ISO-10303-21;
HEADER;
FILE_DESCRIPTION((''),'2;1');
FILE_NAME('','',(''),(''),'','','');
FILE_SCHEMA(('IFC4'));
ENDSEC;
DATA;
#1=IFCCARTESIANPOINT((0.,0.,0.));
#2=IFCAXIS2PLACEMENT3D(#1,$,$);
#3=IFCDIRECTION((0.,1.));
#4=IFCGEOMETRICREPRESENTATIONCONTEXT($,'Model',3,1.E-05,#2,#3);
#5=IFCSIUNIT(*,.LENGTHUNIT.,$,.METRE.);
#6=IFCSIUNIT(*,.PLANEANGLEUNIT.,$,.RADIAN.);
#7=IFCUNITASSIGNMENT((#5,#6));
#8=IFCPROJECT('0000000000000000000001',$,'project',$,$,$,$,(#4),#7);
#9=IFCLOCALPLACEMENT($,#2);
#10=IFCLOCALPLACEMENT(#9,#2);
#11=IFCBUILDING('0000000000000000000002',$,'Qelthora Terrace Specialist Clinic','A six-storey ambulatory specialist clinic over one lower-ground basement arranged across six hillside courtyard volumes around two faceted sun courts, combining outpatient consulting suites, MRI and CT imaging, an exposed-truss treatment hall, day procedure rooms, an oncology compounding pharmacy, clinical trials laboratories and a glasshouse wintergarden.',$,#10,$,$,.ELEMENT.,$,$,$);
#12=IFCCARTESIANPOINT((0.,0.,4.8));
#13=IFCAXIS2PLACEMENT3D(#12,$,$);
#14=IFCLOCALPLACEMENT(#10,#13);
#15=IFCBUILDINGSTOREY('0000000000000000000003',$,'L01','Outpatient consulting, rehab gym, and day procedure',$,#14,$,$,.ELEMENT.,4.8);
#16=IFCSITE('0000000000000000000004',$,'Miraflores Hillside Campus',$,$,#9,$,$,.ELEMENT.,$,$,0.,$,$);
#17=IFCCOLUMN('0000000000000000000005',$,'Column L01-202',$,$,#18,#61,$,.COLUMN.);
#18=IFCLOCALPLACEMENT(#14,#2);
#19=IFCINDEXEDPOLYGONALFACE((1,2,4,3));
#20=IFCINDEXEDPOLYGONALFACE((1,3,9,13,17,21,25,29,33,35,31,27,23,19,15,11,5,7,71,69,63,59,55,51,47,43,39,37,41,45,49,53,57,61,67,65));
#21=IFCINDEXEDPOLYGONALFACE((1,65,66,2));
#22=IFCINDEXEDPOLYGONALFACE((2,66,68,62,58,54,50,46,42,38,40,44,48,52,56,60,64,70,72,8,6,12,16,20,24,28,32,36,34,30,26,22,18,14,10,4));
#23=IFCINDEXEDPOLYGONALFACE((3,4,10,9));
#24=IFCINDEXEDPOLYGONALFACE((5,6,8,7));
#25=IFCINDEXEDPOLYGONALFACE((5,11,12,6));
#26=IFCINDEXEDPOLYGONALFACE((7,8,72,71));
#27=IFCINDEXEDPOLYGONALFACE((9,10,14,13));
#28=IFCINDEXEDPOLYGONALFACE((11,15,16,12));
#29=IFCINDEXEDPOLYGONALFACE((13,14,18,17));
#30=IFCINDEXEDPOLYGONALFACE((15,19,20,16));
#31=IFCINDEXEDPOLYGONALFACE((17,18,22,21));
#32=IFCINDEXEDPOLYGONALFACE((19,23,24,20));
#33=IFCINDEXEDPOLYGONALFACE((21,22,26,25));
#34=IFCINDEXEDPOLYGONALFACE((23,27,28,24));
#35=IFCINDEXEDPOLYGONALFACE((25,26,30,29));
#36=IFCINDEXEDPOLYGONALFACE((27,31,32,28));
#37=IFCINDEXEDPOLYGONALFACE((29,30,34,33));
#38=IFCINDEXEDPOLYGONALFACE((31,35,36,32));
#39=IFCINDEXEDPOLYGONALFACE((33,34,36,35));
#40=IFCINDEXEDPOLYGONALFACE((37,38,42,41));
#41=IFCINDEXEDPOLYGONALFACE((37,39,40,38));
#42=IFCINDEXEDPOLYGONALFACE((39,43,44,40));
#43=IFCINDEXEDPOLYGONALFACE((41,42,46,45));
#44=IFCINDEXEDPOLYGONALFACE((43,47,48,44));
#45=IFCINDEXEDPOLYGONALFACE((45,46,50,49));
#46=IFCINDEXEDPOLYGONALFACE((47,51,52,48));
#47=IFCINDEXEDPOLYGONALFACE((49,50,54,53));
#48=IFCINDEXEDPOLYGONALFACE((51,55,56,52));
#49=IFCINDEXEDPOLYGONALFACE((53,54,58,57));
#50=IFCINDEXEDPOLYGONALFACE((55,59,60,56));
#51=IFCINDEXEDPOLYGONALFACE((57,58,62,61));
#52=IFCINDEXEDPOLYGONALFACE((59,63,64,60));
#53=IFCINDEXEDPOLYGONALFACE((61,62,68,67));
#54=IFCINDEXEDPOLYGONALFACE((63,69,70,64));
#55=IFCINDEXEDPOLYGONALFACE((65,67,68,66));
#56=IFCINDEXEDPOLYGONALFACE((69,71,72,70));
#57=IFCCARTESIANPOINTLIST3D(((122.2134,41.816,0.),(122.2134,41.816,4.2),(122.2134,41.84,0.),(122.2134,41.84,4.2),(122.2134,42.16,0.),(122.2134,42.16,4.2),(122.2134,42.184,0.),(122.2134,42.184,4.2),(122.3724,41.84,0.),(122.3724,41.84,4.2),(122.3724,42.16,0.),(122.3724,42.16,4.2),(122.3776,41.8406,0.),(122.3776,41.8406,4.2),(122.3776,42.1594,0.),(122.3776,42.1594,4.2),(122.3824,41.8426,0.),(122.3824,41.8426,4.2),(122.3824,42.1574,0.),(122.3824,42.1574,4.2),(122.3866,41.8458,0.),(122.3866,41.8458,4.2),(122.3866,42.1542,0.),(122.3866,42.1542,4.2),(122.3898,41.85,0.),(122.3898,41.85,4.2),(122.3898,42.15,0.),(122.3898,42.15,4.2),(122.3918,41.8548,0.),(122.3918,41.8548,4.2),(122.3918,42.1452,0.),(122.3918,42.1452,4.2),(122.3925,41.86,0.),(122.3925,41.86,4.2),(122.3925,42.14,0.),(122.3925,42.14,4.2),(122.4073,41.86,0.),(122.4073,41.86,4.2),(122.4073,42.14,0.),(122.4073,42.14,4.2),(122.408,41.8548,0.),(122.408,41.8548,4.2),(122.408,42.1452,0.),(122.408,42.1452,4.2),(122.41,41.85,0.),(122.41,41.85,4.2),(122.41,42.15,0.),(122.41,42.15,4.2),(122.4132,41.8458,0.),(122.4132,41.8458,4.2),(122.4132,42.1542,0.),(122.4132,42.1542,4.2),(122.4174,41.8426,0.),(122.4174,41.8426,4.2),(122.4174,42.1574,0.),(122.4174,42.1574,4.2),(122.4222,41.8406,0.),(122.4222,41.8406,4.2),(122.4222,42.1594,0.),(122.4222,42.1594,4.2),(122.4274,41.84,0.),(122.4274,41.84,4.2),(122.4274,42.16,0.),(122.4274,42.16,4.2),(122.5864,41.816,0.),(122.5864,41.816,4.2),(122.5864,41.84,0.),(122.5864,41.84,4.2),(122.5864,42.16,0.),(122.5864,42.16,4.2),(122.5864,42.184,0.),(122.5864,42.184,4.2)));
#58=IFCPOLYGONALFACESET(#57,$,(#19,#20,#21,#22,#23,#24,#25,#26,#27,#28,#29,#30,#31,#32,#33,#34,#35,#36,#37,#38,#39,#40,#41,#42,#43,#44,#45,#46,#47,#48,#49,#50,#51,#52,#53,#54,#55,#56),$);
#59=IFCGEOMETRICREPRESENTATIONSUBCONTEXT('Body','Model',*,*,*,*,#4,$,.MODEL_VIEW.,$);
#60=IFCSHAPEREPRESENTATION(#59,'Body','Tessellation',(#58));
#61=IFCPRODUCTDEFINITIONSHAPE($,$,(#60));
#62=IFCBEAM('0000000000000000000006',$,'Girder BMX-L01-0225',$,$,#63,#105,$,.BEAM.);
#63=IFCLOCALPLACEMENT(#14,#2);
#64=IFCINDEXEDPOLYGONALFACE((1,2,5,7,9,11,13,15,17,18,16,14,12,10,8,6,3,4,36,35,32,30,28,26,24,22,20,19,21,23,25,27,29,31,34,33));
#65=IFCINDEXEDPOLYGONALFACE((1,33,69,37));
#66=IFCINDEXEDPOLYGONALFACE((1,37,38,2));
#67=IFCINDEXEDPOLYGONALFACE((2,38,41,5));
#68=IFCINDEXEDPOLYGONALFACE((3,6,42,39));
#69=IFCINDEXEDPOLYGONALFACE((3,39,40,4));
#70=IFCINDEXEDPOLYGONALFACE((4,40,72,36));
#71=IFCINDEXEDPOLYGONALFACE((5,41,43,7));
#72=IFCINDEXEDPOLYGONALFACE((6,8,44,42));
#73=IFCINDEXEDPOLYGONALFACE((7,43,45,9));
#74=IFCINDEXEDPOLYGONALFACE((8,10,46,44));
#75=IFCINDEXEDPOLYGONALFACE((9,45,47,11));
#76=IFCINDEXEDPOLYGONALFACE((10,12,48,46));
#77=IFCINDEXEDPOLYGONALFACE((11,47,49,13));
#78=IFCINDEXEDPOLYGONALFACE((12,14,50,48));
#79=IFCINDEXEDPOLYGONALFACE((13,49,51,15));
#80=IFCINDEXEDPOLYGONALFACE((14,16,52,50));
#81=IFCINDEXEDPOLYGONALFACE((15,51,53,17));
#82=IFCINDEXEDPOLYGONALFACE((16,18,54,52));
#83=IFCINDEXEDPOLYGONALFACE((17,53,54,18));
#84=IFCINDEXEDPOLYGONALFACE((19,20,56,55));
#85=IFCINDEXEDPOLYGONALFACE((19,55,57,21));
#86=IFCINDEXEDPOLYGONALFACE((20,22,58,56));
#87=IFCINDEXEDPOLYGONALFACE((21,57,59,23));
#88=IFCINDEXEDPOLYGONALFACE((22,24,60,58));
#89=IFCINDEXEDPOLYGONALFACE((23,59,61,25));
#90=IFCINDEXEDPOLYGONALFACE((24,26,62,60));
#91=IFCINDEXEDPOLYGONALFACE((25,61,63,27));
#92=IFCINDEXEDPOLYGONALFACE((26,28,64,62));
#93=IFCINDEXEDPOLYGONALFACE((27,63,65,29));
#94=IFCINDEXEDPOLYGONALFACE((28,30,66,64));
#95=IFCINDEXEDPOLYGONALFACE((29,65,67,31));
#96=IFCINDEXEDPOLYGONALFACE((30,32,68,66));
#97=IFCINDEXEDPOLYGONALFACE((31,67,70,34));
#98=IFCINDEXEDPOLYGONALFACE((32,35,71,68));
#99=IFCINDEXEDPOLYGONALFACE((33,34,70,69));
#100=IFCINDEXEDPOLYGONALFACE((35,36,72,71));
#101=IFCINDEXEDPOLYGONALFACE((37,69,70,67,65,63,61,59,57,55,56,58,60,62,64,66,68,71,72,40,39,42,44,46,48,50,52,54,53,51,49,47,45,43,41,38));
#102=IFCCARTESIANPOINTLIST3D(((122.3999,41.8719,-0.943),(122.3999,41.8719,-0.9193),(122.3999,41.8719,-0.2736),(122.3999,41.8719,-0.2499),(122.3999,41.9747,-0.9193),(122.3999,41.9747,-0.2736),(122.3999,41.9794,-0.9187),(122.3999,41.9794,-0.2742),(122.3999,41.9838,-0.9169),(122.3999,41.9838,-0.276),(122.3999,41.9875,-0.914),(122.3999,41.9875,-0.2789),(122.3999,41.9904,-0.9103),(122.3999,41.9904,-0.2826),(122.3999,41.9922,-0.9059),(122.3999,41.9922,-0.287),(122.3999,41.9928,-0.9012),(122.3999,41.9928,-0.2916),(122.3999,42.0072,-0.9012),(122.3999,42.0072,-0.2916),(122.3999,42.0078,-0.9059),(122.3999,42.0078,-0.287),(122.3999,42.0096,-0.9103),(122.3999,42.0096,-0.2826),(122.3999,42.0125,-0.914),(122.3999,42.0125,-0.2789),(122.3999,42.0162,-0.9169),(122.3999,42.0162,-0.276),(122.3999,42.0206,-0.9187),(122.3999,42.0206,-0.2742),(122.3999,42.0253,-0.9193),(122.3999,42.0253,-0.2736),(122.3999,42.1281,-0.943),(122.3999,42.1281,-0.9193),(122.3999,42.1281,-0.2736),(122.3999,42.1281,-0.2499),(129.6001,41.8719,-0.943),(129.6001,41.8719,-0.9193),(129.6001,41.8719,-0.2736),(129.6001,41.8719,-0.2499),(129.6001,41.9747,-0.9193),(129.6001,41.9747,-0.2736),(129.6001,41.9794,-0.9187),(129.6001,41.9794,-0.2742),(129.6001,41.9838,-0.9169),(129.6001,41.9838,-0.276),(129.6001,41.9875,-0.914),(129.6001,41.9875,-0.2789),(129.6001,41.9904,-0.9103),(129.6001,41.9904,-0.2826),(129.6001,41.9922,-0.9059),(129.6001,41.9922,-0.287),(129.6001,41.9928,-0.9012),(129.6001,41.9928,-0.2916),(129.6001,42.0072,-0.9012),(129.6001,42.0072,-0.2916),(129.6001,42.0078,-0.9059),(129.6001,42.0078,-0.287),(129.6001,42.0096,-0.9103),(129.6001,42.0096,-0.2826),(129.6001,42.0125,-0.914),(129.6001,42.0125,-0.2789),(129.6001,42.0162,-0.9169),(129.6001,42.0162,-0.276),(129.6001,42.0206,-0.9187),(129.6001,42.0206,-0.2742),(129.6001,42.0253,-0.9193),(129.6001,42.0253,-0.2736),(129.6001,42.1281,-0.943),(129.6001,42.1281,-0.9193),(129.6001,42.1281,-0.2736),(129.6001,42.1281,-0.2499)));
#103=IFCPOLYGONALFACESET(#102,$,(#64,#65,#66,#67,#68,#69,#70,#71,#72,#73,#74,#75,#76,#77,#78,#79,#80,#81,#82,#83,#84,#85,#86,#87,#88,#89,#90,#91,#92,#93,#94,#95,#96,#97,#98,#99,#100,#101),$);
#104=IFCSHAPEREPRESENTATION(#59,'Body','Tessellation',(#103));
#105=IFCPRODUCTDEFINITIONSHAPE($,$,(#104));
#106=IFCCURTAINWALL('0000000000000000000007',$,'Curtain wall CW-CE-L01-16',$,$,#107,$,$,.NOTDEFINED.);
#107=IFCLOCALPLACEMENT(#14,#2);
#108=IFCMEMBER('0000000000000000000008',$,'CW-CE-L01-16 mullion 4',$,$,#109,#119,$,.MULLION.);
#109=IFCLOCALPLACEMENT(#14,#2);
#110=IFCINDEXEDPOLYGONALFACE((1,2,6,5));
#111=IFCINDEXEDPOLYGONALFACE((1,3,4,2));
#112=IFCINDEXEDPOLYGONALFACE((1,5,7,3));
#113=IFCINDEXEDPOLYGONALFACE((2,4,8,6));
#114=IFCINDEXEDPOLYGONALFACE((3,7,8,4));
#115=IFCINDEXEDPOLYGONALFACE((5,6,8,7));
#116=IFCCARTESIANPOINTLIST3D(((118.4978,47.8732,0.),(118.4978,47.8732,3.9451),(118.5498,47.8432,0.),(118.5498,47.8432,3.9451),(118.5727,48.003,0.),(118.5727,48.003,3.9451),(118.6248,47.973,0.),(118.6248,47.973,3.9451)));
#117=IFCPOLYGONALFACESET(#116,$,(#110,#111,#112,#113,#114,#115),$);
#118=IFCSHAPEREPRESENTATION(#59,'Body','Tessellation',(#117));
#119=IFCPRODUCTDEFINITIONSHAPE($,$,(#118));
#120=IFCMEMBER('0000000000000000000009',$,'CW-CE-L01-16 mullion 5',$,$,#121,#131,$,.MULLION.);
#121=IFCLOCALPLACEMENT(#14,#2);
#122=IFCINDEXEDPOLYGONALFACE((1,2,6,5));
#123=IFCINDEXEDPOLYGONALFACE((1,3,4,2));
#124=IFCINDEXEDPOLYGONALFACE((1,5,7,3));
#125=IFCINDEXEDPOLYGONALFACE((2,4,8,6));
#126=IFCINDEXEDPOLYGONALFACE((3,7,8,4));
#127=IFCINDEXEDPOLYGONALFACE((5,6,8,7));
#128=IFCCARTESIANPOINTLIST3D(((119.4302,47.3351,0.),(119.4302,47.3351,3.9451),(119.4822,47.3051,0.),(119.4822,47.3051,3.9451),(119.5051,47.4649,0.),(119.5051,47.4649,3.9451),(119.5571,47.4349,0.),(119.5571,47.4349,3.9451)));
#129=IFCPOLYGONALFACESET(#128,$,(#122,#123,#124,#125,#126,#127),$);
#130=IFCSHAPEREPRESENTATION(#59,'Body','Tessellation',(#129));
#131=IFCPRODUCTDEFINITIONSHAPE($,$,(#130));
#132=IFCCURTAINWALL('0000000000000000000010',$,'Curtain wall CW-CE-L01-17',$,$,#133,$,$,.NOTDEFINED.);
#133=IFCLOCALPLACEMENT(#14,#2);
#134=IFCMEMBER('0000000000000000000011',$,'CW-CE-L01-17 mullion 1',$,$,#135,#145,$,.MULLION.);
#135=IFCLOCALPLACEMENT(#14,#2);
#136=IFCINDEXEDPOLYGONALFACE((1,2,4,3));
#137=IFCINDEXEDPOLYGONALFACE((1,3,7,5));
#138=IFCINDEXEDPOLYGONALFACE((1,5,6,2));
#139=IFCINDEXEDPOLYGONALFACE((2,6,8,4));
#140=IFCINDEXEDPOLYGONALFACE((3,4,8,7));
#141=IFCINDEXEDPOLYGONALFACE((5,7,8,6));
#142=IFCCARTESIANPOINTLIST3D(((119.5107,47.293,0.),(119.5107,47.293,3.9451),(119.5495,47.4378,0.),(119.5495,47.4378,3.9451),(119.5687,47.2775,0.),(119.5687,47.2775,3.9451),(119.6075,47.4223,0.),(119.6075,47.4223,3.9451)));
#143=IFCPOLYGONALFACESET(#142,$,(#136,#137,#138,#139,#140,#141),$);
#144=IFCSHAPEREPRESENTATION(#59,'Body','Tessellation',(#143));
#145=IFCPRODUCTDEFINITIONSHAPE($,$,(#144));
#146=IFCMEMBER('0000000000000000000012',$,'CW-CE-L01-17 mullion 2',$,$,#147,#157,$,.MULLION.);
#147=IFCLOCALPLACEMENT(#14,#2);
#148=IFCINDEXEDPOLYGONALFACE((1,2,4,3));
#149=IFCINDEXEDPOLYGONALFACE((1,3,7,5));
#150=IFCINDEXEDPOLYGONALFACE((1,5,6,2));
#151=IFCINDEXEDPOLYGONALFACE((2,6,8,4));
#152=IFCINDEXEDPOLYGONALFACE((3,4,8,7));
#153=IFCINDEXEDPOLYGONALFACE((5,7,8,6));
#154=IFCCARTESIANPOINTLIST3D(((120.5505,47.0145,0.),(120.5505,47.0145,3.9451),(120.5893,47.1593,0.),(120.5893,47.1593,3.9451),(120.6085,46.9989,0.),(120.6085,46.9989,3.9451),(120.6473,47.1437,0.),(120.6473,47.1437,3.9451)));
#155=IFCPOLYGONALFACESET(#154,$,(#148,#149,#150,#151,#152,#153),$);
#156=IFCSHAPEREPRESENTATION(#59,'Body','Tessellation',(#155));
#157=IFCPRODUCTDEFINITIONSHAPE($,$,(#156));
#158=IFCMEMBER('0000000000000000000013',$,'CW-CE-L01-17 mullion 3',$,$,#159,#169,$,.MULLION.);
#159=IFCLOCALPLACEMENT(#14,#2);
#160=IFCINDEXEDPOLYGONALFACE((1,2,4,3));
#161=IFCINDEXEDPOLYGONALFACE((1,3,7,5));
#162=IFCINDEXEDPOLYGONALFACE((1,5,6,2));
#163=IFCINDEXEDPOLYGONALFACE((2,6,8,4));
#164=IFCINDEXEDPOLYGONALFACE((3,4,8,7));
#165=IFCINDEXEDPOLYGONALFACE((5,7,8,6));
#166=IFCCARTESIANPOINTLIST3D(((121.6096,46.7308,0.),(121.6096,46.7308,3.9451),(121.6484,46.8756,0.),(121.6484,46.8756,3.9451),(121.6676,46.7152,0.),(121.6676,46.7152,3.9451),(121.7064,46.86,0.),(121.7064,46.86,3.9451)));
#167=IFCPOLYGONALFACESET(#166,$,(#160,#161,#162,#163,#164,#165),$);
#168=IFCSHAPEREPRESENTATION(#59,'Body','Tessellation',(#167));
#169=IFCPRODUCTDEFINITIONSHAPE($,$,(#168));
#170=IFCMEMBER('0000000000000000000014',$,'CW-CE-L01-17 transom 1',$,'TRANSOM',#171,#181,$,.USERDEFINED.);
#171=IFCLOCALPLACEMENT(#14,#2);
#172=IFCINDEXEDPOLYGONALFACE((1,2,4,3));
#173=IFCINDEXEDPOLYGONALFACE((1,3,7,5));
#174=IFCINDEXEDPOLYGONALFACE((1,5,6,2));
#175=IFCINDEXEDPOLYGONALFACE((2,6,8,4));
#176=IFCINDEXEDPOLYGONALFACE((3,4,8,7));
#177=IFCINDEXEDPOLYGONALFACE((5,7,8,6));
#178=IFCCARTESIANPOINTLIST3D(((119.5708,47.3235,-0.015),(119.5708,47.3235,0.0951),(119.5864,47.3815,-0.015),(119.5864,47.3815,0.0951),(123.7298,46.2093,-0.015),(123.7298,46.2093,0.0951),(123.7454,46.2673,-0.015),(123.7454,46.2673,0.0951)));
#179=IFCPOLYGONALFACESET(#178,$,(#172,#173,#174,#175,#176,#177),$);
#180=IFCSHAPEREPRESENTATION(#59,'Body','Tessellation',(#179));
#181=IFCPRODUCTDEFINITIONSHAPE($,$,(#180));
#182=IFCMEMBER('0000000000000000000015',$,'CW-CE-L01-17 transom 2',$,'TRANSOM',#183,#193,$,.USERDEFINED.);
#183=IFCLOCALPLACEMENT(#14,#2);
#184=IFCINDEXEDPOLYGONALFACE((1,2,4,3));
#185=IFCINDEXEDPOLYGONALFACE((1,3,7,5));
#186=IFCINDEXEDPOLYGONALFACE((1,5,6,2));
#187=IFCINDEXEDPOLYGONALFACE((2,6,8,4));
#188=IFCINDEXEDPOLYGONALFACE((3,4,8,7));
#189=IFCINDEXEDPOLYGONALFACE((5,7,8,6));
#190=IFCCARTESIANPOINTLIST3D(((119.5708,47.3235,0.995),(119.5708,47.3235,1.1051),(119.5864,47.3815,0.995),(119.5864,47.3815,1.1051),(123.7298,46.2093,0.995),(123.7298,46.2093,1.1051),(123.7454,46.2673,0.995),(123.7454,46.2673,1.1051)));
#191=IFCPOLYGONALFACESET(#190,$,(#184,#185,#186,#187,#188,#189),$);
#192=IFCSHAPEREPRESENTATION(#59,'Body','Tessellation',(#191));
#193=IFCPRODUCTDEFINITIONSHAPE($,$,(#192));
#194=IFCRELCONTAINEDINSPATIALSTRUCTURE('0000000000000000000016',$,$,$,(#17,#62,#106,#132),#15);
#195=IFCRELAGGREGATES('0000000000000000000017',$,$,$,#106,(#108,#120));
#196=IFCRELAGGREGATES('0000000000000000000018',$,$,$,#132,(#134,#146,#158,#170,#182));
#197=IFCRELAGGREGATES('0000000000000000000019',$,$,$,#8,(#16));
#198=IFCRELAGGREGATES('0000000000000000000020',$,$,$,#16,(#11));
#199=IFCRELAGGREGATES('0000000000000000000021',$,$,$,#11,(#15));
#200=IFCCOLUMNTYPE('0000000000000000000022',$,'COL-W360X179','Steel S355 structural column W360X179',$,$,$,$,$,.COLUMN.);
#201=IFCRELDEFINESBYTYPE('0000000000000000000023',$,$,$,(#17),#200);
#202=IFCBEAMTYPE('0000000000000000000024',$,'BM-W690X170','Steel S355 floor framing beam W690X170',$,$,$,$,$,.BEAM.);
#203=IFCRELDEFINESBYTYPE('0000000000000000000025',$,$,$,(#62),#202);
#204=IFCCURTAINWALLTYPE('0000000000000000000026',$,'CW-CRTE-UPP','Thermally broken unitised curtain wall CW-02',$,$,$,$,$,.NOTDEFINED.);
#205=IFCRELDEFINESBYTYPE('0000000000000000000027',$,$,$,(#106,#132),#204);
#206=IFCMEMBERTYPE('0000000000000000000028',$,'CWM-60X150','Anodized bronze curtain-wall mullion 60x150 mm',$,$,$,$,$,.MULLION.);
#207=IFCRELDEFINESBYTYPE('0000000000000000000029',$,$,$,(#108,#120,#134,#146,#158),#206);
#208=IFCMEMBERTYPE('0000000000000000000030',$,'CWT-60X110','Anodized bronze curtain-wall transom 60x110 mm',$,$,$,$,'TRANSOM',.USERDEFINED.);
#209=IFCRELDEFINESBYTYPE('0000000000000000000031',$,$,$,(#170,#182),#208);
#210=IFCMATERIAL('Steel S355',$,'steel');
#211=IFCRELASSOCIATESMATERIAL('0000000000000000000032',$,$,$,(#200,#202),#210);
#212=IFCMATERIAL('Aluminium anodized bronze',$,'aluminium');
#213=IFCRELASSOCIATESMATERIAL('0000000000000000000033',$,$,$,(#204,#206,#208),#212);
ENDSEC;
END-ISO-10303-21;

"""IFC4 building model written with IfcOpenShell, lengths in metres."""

from ifc_helpers import new_model, si_unit, direction, frame, origin, origin_2d, place, context, subcontext, project, spatial, rectangle, i_section, extrude, material, material_profile, profile_set, type_object, element, aggregate, save


model = new_model("IFC4")

# Units and contexts
model_context = context("Model", 3, precision=1e-05, world=origin(), true_north=direction((0.0, 1.0)))
body_context = subcontext(model_context, "Body", "Model", "MODEL_VIEW")
ifc_project = project(units=[si_unit("LENGTHUNIT", "METRE"), si_unit("PLANEANGLEUNIT", "RADIAN")], contexts=[model_context])

# Site, building, storey
site_placement = place(None, origin())
site = spatial("IfcSite", under=ifc_project, at=site_placement, Name="Miraflores Hillside Campus", CompositionType="ELEMENT", RefElevation=0.0)
building_placement = place(site_placement, origin())
building = spatial("IfcBuilding", under=site, at=building_placement, Name="Qelthora Terrace Specialist Clinic", Description="A six-storey ambulatory specialist clinic over one lower-ground basement arranged across six hillside courtyard volumes around two faceted sun courts, combining outpatient consulting suites, MRI and CT imaging, an exposed-truss treatment hall, day procedure rooms, an oncology compounding pharmacy, clinical trials laboratories and a glasshouse wintergarden.", CompositionType="ELEMENT")
storey_placement = place(building_placement, frame((0.0, 0.0, 4.8)))
storey = spatial("IfcBuildingStorey", under=building, at=storey_placement, Name="L01", Description="Outpatient consulting, rehab gym, and day procedure", CompositionType="ELEMENT", Elevation=4.8)

# Column
ifc_material_1 = material(Name="Steel S355", Category="steel")
ifc_material_profile_1 = material_profile(ifc_material_1, i_section(OverallWidth=0.373, OverallDepth=0.3679, WebThickness=0.0149, FlangeThickness=0.0239, FilletRadius=0.02, at=origin_2d()), Name="W360X179")
ifc_profile_set_1 = profile_set([ifc_material_profile_1], Name="Steel S355")
column_type = type_object("IfcColumnType", Name="COL-W360X179", Description="Steel S355 structural column W360X179", PredefinedType="COLUMN", material=ifc_profile_set_1)
column_placement = place(storey_placement, frame((122.3999, 42.0, 0.0), z_axis=(0.0, 0.0, 1.0), x_axis=(1.0, 0.0, 0.0)))
element("IfcColumn", 1, at=column_placement, inside=storey, type_object=column_type, Name="Column L01-202", PredefinedType="COLUMN", context=body_context, shape_type="SweptSolid", body=[
    extrude(i_section(OverallWidth=0.373, OverallDepth=0.3679, WebThickness=0.0149, FlangeThickness=0.0239, FilletRadius=0.02, at=origin_2d()), origin(), (0.0, 0.0, 1.0), 4.2),
])

# Beam
ifc_material_profile_2 = material_profile(ifc_material_1, i_section(OverallWidth=0.2561, OverallDepth=0.6931, WebThickness=0.0144, FlangeThickness=0.0237, FilletRadius=0.0181, at=origin_2d()), Name="W690X170")
ifc_profile_set_2 = profile_set([ifc_material_profile_2], Name="Steel S355")
beam_type = type_object("IfcBeamType", Name="BM-W690X170", Description="Steel S355 floor framing beam W690X170", PredefinedType="BEAM", material=ifc_profile_set_2)
beam_placement = place(storey_placement, frame((122.3999, 42.0, -0.5964), z_axis=(1.0, 0.0, 0.0), x_axis=(0.0, 1.0, 0.0)))
element("IfcBeam", 2, at=beam_placement, inside=storey, type_object=beam_type, Name="Girder BMX-L01-0225", PredefinedType="BEAM", context=body_context, shape_type="SweptSolid", body=[
    extrude(i_section(OverallWidth=0.2561, OverallDepth=0.6931, WebThickness=0.0144, FlangeThickness=0.0237, FilletRadius=0.0181, at=origin_2d()), origin(), (0.0, 0.0, 1.0), 7.2002),
])

# Curtain walls, members
ifc_material_2 = material(Name="Aluminium anodized bronze", Category="aluminium")
curtain_wall_type = type_object("IfcCurtainWallType", Name="CW-CRTE-UPP", Description="Thermally broken unitised curtain wall CW-02", PredefinedType="NOTDEFINED", material=ifc_material_2)
curtain_wall_1_placement = place(storey_placement, origin())
curtain_wall_1 = element("IfcCurtainWall", 3, at=curtain_wall_1_placement, inside=storey, type_object=curtain_wall_type, Name="Curtain wall CW-CE-L01-16", PredefinedType="NOTDEFINED")
ifc_material_profile_3 = material_profile(ifc_material_2, rectangle(XDim=0.0601, YDim=0.1499, at=origin_2d()), Name="CWM60X150")
ifc_profile_set_3 = profile_set([ifc_material_profile_3], Name="Aluminium anodized bronze")
member_type_1 = type_object("IfcMemberType", Name="CWM-60X150", Description="Anodized bronze curtain-wall mullion 60x150 mm", PredefinedType="MULLION", material=ifc_profile_set_3)
member_1_placement = place(storey_placement, frame((118.5613, 47.9231, 0.0), z_axis=(0.0, 0.0, 1.0), x_axis=(0.866025, -0.5, 0.0)))
member_1 = element("IfcMember", 4, at=member_1_placement, type_object=member_type_1, Name="CW-CE-L01-16 mullion 4", PredefinedType="MULLION", context=body_context, shape_type="SweptSolid", body=[
    extrude(rectangle(XDim=0.0601, YDim=0.1499, at=origin_2d()), origin(), (0.0, 0.0, 1.0), 3.9451),
])
member_2_placement = place(storey_placement, frame((119.4937, 47.385, 0.0), z_axis=(0.0, 0.0, 1.0), x_axis=(0.866025, -0.5, 0.0)))
member_2 = element("IfcMember", 5, at=member_2_placement, type_object=member_type_1, Name="CW-CE-L01-16 mullion 5", PredefinedType="MULLION", context=body_context, shape_type="SweptSolid", body=[
    extrude(rectangle(XDim=0.0601, YDim=0.1499, at=origin_2d()), origin(), (0.0, 0.0, 1.0), 3.9451),
])
curtain_wall_2_placement = place(storey_placement, origin())
curtain_wall_2 = element("IfcCurtainWall", 6, at=curtain_wall_2_placement, inside=storey, type_object=curtain_wall_type, Name="Curtain wall CW-CE-L01-17", PredefinedType="NOTDEFINED")
member_3_placement = place(storey_placement, frame((119.5591, 47.3577, 0.0), z_axis=(0.0, 0.0, 1.0), x_axis=(0.965926, -0.25882, 0.0)))
member_3 = element("IfcMember", 7, at=member_3_placement, type_object=member_type_1, Name="CW-CE-L01-17 mullion 1", PredefinedType="MULLION", context=body_context, shape_type="SweptSolid", body=[
    extrude(rectangle(XDim=0.0601, YDim=0.1499, at=origin_2d()), origin(), (0.0, 0.0, 1.0), 3.9451),
])
member_4_placement = place(storey_placement, frame((120.5989, 47.0791, 0.0), z_axis=(0.0, 0.0, 1.0), x_axis=(0.965926, -0.25882, 0.0)))
member_4 = element("IfcMember", 8, at=member_4_placement, type_object=member_type_1, Name="CW-CE-L01-17 mullion 2", PredefinedType="MULLION", context=body_context, shape_type="SweptSolid", body=[
    extrude(rectangle(XDim=0.0601, YDim=0.1499, at=origin_2d()), origin(), (0.0, 0.0, 1.0), 3.9451),
])
member_5_placement = place(storey_placement, frame((121.658, 46.7954, 0.0), z_axis=(0.0, 0.0, 1.0), x_axis=(0.965926, -0.25882, 0.0)))
member_5 = element("IfcMember", 9, at=member_5_placement, type_object=member_type_1, Name="CW-CE-L01-17 mullion 3", PredefinedType="MULLION", context=body_context, shape_type="SweptSolid", body=[
    extrude(rectangle(XDim=0.0601, YDim=0.1499, at=origin_2d()), origin(), (0.0, 0.0, 1.0), 3.9451),
])
ifc_material_profile_4 = material_profile(ifc_material_2, rectangle(XDim=0.0601, YDim=0.1101, at=origin_2d()), Name="CWT60X110")
ifc_profile_set_4 = profile_set([ifc_material_profile_4], Name="Aluminium anodized bronze")
member_type_2 = type_object("IfcMemberType", Name="CWT-60X110", Description="Anodized bronze curtain-wall transom 60x110 mm", ElementType="TRANSOM", PredefinedType="USERDEFINED", material=ifc_profile_set_4)
member_6_placement = place(storey_placement, frame((119.5786, 47.3525, 0.04), z_axis=(0.965933, -0.258792, 0.0), x_axis=(0.258792, 0.965933, 0.0)))
member_6 = element("IfcMember", 10, at=member_6_placement, type_object=member_type_2, Name="CW-CE-L01-17 transom 1", ObjectType="TRANSOM", PredefinedType="USERDEFINED", context=body_context, shape_type="SweptSolid", body=[
    extrude(rectangle(XDim=0.0601, YDim=0.1101, at=origin_2d()), origin(), (0.0, 0.0, 1.0), 4.3057),
])
member_7_placement = place(storey_placement, frame((119.5786, 47.3525, 1.05), z_axis=(0.965933, -0.258792, 0.0), x_axis=(0.258792, 0.965933, 0.0)))
member_7 = element("IfcMember", 11, at=member_7_placement, type_object=member_type_2, Name="CW-CE-L01-17 transom 2", ObjectType="TRANSOM", PredefinedType="USERDEFINED", context=body_context, shape_type="SweptSolid", body=[
    extrude(rectangle(XDim=0.0601, YDim=0.1101, at=origin_2d()), origin(), (0.0, 0.0, 1.0), 4.3057),
])

aggregate(curtain_wall_1, [member_1, member_2])
aggregate(curtain_wall_2, [member_3, member_4, member_5, member_6, member_7])

save(model, "model.ifc")
